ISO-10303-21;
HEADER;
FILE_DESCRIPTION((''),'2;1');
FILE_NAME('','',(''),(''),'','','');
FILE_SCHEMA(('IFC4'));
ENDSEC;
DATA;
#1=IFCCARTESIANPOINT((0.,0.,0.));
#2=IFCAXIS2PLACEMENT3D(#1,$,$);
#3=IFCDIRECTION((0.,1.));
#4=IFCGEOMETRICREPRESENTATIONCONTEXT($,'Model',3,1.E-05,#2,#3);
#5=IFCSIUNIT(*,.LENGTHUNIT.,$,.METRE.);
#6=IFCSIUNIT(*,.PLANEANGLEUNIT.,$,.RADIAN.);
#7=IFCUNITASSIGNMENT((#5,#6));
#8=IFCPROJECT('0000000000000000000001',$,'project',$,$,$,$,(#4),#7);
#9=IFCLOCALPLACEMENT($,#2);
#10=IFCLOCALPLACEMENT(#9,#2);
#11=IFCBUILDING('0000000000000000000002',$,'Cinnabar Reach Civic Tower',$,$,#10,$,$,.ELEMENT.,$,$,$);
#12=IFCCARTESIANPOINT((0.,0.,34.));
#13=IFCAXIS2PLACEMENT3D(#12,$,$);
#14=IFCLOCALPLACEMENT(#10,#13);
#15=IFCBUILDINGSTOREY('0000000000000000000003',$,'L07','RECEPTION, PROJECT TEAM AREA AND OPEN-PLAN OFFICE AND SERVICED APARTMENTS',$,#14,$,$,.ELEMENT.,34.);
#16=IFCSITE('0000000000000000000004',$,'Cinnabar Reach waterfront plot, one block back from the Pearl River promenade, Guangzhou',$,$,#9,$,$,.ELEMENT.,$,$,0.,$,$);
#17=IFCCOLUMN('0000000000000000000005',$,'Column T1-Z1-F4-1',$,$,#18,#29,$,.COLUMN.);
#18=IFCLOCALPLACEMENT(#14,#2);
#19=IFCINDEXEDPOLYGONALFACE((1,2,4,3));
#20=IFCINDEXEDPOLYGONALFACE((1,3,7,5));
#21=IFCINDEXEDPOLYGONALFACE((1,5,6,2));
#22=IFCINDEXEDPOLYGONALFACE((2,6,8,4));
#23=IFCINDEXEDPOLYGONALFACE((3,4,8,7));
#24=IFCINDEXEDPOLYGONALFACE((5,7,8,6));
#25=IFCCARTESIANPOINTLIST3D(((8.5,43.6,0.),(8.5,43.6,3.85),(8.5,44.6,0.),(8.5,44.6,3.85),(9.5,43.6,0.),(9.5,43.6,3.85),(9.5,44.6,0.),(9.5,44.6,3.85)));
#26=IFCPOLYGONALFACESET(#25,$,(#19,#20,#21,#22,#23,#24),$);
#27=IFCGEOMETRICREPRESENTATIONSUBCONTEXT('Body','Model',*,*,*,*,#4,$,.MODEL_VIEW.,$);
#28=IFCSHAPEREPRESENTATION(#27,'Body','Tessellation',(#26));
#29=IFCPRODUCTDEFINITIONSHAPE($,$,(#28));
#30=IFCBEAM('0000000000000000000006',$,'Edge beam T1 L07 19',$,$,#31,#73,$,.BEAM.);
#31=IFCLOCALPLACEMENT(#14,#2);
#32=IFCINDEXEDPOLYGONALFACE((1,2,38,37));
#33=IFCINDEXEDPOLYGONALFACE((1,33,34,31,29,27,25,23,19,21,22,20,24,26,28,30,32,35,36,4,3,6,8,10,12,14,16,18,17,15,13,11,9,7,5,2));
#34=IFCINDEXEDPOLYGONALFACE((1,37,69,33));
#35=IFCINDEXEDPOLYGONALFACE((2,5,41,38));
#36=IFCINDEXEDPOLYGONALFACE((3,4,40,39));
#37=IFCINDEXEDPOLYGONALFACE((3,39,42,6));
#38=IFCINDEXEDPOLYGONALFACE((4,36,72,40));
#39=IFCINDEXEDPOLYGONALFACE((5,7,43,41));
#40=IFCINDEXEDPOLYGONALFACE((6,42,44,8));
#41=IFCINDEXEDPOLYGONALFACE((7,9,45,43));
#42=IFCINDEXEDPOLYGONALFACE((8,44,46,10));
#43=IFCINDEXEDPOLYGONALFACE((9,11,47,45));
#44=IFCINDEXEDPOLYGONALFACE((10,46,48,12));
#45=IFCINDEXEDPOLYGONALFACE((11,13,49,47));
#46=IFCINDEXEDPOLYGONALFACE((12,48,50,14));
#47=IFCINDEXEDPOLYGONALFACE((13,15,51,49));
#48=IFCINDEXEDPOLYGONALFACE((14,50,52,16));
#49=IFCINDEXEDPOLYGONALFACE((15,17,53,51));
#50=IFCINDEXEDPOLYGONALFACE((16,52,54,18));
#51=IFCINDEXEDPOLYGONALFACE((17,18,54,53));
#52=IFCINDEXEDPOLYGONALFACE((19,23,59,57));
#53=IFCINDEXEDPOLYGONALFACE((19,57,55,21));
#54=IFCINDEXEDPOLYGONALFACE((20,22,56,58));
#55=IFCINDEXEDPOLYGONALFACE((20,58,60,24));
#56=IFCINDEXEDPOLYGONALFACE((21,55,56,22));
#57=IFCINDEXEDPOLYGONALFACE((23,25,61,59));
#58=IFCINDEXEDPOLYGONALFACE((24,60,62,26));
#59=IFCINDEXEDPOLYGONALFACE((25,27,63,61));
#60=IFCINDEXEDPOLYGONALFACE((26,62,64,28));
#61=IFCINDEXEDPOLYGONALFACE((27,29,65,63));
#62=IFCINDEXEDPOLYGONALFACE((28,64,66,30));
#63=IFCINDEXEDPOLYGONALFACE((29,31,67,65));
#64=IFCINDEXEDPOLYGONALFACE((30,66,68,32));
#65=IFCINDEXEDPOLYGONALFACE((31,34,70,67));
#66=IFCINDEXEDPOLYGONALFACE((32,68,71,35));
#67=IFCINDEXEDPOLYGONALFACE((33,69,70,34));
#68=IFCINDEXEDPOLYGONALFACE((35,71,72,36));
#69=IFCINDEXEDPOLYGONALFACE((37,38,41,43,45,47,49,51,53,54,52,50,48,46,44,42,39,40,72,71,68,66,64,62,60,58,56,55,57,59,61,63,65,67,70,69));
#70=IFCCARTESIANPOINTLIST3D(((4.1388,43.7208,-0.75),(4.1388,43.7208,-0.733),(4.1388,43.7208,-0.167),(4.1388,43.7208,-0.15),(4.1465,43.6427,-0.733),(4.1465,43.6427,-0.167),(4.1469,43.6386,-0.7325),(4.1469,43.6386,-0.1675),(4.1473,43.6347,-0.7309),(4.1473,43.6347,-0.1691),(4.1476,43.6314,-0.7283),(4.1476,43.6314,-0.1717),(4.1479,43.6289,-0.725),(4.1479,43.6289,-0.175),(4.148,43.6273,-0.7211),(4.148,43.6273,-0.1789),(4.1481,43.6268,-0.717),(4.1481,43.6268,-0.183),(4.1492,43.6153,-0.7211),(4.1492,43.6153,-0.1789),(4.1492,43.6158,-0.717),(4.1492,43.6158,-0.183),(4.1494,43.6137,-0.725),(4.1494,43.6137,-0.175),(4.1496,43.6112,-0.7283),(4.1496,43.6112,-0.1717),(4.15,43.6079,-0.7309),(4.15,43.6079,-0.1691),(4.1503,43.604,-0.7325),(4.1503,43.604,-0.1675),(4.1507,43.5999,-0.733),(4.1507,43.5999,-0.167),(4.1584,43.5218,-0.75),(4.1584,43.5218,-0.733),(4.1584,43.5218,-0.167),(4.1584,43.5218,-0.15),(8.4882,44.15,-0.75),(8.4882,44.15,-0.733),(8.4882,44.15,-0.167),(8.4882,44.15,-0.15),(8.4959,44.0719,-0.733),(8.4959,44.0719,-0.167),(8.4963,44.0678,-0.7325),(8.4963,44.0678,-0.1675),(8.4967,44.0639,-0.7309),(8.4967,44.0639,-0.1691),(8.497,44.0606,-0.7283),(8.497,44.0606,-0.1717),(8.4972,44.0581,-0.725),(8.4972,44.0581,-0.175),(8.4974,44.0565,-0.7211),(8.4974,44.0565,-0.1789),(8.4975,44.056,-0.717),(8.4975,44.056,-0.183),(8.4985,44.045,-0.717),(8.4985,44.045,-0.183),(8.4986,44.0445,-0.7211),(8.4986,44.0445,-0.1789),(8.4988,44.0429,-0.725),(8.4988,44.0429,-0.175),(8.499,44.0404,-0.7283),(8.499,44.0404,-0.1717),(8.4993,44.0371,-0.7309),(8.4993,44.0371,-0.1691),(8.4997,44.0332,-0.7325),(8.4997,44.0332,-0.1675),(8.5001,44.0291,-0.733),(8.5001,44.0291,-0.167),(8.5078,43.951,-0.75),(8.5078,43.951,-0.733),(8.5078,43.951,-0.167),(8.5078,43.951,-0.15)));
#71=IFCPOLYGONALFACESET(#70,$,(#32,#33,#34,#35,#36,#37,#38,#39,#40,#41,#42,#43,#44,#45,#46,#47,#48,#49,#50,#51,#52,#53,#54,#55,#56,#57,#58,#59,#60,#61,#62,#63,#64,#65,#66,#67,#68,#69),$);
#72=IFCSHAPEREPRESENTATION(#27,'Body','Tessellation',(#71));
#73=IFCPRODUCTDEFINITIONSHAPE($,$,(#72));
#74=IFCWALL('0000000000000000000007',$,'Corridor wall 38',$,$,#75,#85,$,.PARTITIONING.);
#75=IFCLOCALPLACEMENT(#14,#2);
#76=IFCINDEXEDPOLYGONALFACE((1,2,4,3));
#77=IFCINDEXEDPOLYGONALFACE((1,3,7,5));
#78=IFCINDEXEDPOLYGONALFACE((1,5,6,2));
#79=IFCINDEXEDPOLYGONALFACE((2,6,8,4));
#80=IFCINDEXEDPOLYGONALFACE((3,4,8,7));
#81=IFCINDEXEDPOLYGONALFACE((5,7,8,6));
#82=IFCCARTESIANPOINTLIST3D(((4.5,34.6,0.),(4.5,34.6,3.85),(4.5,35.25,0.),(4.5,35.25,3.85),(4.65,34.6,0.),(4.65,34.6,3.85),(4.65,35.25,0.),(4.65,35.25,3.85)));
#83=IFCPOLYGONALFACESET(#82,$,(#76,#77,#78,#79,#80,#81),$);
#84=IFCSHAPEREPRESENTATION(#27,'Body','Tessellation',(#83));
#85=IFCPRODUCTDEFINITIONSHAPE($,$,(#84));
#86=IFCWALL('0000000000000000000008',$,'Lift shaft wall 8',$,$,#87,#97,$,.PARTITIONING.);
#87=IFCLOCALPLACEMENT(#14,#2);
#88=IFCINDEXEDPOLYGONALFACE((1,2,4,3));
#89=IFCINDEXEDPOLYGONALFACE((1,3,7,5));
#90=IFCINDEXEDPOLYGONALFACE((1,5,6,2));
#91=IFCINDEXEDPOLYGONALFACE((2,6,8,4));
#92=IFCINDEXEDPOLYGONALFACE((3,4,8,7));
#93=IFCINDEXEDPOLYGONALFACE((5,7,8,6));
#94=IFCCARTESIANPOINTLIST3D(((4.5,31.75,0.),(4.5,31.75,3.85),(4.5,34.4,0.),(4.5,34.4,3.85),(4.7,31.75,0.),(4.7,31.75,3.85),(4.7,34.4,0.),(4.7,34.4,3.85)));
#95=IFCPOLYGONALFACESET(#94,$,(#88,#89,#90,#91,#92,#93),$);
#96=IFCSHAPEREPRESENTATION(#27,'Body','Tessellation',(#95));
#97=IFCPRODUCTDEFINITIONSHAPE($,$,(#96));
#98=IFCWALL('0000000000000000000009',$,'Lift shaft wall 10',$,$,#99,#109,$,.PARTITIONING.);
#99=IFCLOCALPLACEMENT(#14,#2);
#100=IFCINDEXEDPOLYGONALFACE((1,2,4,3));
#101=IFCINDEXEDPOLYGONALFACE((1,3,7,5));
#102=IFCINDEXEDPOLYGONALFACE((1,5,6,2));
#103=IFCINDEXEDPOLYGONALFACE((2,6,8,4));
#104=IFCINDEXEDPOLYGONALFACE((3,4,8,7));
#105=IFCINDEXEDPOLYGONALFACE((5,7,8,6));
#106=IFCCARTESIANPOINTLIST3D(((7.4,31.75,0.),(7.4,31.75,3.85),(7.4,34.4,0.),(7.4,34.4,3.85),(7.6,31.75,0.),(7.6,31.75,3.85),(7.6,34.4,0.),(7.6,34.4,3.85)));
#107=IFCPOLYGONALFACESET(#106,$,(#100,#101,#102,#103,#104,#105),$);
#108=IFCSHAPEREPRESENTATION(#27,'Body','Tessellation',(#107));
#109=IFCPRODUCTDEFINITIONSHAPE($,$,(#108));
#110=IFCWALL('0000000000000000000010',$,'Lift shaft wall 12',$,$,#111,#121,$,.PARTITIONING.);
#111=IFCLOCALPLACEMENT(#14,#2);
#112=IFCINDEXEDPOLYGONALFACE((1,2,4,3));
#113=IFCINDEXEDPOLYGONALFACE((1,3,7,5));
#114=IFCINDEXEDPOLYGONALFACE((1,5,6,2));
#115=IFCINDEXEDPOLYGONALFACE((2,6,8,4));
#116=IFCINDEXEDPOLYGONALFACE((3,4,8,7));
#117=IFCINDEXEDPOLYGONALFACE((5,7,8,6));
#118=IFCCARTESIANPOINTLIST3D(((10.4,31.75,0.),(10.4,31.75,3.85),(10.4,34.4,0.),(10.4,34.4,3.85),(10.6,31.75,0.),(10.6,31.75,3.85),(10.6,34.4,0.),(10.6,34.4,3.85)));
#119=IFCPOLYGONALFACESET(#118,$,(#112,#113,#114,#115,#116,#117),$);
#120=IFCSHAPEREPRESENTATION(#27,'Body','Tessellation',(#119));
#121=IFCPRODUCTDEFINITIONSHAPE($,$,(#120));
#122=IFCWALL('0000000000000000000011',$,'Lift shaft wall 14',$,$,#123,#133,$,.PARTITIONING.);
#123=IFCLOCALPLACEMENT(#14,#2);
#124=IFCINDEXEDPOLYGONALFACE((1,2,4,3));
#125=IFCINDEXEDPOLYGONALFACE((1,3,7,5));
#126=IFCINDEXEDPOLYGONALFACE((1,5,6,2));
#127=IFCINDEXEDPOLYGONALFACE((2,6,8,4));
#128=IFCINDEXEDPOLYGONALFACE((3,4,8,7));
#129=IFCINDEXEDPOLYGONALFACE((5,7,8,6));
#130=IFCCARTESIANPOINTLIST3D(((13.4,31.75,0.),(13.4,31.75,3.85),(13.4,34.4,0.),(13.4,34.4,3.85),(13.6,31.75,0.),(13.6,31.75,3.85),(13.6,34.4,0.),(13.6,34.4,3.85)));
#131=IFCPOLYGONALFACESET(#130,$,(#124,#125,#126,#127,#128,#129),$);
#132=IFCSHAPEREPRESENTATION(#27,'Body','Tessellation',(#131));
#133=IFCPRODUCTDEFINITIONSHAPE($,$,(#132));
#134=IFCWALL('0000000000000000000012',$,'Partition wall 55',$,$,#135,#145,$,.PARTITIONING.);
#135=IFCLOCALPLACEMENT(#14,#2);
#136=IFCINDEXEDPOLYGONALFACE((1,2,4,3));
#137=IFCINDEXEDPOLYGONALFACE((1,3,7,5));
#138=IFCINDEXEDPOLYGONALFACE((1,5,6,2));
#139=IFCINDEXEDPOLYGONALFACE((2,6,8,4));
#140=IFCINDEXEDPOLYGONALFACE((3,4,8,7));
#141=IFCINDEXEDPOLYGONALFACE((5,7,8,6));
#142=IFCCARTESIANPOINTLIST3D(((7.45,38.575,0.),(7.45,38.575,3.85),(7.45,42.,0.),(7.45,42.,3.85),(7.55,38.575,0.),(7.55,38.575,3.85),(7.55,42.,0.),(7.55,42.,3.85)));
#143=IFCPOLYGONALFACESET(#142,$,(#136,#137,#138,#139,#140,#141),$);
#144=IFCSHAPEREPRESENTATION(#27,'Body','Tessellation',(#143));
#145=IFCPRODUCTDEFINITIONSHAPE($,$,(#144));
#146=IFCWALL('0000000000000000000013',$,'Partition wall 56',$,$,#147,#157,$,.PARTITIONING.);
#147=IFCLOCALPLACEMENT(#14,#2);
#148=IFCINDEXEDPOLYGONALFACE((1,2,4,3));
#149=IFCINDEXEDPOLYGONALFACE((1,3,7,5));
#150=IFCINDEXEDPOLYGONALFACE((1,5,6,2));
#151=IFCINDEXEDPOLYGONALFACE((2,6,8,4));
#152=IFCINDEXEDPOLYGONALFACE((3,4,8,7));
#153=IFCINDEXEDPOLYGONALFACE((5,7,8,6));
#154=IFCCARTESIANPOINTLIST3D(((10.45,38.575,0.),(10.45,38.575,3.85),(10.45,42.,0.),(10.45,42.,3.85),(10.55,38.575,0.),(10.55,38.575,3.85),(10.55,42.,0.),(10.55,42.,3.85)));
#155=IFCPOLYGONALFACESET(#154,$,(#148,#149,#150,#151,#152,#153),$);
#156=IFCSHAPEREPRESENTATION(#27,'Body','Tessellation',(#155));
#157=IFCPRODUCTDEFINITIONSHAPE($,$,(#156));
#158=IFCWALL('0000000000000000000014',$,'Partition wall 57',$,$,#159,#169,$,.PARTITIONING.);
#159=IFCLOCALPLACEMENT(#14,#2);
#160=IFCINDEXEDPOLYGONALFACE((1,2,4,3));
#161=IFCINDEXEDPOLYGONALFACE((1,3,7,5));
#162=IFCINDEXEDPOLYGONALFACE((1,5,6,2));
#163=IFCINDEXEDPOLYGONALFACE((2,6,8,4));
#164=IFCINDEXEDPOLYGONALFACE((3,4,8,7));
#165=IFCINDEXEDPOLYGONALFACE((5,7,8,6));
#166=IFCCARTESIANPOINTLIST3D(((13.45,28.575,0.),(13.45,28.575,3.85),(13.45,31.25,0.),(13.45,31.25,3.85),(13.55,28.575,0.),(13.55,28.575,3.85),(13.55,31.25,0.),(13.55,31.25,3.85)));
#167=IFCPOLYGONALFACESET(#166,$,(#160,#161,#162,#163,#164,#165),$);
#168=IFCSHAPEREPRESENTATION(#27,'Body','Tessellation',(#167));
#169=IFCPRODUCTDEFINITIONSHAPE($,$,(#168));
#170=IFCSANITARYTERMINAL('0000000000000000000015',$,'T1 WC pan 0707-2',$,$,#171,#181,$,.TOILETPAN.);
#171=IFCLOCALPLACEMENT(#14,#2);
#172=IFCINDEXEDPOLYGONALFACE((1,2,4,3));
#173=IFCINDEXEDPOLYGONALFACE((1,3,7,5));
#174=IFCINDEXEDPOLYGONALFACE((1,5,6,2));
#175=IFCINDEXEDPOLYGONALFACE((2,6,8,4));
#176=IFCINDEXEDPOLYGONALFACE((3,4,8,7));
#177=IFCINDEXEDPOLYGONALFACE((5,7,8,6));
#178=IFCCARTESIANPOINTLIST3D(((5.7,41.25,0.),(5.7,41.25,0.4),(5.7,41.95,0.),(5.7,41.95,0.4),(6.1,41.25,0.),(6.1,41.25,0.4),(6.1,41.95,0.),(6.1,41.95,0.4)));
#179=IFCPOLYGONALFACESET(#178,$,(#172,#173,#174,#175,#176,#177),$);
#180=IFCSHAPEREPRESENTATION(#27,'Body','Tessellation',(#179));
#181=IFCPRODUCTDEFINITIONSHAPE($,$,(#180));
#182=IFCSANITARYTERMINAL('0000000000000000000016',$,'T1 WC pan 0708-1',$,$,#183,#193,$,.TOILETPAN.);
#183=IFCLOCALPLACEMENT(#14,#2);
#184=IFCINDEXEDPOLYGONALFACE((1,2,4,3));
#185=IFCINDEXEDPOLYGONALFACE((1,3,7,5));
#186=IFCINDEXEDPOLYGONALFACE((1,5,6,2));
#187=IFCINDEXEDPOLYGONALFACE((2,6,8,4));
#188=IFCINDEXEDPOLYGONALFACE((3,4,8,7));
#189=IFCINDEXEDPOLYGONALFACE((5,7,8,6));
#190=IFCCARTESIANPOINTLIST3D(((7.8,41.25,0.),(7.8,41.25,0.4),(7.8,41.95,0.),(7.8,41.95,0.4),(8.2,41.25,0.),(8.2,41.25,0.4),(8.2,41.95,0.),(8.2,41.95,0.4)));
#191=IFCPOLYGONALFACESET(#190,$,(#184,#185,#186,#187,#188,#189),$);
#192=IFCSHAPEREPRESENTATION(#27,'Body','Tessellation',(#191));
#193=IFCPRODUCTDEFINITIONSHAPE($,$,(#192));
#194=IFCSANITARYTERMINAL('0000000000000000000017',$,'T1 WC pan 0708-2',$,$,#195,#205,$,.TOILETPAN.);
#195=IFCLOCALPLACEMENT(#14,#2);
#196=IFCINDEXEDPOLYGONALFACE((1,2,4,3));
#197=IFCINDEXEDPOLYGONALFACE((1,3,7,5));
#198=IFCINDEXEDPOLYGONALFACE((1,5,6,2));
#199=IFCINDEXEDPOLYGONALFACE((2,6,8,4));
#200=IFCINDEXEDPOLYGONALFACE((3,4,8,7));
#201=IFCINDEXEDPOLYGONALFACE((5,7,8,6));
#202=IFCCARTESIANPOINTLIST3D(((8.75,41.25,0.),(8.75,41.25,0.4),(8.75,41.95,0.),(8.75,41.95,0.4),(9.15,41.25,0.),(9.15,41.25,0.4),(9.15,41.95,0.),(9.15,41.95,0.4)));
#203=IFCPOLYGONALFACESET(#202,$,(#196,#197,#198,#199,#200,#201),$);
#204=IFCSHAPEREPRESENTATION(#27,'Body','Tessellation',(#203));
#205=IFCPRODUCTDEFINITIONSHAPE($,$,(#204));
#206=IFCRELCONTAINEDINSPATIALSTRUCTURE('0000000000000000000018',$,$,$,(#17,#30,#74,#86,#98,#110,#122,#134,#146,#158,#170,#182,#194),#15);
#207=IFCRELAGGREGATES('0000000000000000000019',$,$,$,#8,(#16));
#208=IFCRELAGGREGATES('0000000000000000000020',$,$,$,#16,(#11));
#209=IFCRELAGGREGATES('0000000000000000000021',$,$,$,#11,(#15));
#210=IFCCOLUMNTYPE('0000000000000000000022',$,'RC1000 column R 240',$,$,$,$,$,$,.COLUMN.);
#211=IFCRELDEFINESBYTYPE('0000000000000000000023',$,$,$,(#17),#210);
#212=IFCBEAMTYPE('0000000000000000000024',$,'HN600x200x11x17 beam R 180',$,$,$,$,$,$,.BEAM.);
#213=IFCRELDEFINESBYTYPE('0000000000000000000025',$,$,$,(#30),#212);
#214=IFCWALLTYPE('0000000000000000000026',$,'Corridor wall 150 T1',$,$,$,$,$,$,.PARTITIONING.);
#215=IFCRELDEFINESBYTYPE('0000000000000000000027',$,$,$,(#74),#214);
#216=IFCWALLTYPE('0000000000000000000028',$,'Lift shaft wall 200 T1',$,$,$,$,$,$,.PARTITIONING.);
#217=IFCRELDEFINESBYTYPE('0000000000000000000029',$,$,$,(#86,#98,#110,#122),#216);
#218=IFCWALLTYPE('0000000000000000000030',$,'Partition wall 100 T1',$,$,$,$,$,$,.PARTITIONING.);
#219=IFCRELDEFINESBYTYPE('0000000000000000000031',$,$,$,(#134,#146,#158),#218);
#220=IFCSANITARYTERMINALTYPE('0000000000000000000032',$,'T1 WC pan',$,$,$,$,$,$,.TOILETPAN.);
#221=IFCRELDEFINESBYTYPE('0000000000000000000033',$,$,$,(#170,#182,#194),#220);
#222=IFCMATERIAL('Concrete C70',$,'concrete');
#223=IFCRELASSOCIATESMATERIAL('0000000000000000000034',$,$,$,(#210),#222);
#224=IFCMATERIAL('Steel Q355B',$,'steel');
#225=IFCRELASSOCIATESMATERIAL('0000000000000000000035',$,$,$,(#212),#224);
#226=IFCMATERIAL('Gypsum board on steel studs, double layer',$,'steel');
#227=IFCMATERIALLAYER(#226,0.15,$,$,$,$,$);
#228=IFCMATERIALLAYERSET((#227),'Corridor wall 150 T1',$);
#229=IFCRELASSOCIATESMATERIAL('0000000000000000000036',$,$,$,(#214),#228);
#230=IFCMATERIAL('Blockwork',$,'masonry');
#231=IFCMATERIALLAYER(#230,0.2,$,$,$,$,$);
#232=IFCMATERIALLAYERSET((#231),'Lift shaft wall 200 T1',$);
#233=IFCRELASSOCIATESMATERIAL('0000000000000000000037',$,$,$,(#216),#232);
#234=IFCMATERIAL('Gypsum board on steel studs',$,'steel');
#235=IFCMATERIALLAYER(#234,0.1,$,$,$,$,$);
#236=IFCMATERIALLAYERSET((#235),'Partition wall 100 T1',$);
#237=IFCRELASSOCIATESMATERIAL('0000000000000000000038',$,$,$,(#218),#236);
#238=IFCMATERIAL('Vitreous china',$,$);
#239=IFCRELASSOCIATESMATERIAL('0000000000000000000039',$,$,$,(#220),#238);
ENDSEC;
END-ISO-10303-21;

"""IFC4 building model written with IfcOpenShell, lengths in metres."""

from ifc_helpers import new_model, si_unit, direction, frame, frame_2d, origin, origin_2d, place, context, subcontext, project, spatial, rectangle, i_section, extrude, material, layer, layer_set, material_profile, profile_set, type_object, element, save


model = new_model("IFC4")

# Units and contexts
model_context = context("Model", 3, precision=1e-05, world=origin(), true_north=direction((0.0, 1.0)))
body_context = subcontext(model_context, "Body", "Model", "MODEL_VIEW")
ifc_project = project(units=[si_unit("LENGTHUNIT", "METRE"), si_unit("PLANEANGLEUNIT", "RADIAN")], contexts=[model_context])

# Site, building, storey
site_placement = place(None, origin())
site = spatial("IfcSite", under=ifc_project, at=site_placement, Name="Cinnabar Reach waterfront plot, one block back from the Pearl River promenade, Guangzhou", CompositionType="ELEMENT", RefElevation=0.0)
building_placement = place(site_placement, origin())
building = spatial("IfcBuilding", under=site, at=building_placement, Name="Cinnabar Reach Civic Tower", CompositionType="ELEMENT")
storey_placement = place(building_placement, frame((0.0, 0.0, 34.0)))
storey = spatial("IfcBuildingStorey", under=building, at=storey_placement, Name="L07", Description="RECEPTION, PROJECT TEAM AREA AND OPEN-PLAN OFFICE AND SERVICED APARTMENTS", CompositionType="ELEMENT", Elevation=34.0)

# Column
ifc_material_1 = material(Name="Concrete C70", Category="concrete")
ifc_material_profile_1 = material_profile(ifc_material_1, rectangle(XDim=1.0, YDim=1.0, at=origin_2d()), Name="RC1000")
ifc_profile_set_1 = profile_set([ifc_material_profile_1], Name="Concrete C70")
column_type = type_object("IfcColumnType", Name="RC1000 column R 240", PredefinedType="COLUMN", material=ifc_profile_set_1)
column_placement = place(storey_placement, frame((9.0, 44.1, 0.0), z_axis=(0.0, 0.0, 1.0), x_axis=(1.0, 0.0, 0.0)))
element("IfcColumn", 1, at=column_placement, inside=storey, type_object=column_type, Name="Column T1-Z1-F4-1", PredefinedType="COLUMN", context=body_context, shape_type="SweptSolid", body=[
    extrude(rectangle(XDim=1.0, YDim=1.0, at=origin_2d()), origin(), (0.0, 0.0, 1.0), 3.85),
])

# Beam
ifc_material_2 = material(Name="Steel Q355B", Category="steel")
ifc_material_profile_2 = material_profile(ifc_material_2, i_section(OverallWidth=0.2, OverallDepth=0.6, WebThickness=0.011, FlangeThickness=0.017, FilletRadius=0.016, at=origin_2d()), Name="HN600x200x11x17")
ifc_profile_set_2 = profile_set([ifc_material_profile_2], Name="Steel Q355B")
beam_type = type_object("IfcBeamType", Name="HN600x200x11x17 beam R 180", PredefinedType="BEAM", material=ifc_profile_set_2)
beam_placement = place(storey_placement, frame((8.498, 44.0505, -0.45), z_axis=(-0.995166, -0.098203, 0.0), x_axis=(0.098203, -0.995166, 0.0)))
element("IfcBeam", 2, at=beam_placement, inside=storey, type_object=beam_type, Name="Edge beam T1 L07 19", PredefinedType="BEAM", context=body_context, shape_type="SweptSolid", body=[
    extrude(i_section(OverallWidth=0.2, OverallDepth=0.6, WebThickness=0.011, FlangeThickness=0.017, FilletRadius=0.016, at=origin_2d()), origin(), (0.0, 0.0, 1.0), 4.3705),
])

# Walls
ifc_material_3 = material(Name="Gypsum board on steel studs, double layer", Category="steel")
ifc_layer_1 = layer(ifc_material_3, 0.15)
ifc_layer_set_1 = layer_set([ifc_layer_1], Name="Corridor wall 150 T1")
wall_type_1 = type_object("IfcWallType", Name="Corridor wall 150 T1", PredefinedType="PARTITIONING", material=ifc_layer_set_1)
wall_1_placement = place(storey_placement, frame((4.575, 34.6, 0.0), z_axis=(0.0, 0.0, 1.0), x_axis=(0.0, 1.0, 0.0)))
element("IfcWall", 3, at=wall_1_placement, inside=storey, type_object=wall_type_1, Name="Corridor wall 38", PredefinedType="PARTITIONING", context=body_context, shape_type="SweptSolid", body=[
    extrude(rectangle(XDim=0.65, YDim=0.15, at=frame_2d((0.325, 0.0))), origin(), (0.0, 0.0, 1.0), 3.85),
])
ifc_material_4 = material(Name="Blockwork", Category="masonry")
ifc_layer_2 = layer(ifc_material_4, 0.2)
ifc_layer_set_2 = layer_set([ifc_layer_2], Name="Lift shaft wall 200 T1")
wall_type_2 = type_object("IfcWallType", Name="Lift shaft wall 200 T1", PredefinedType="PARTITIONING", material=ifc_layer_set_2)
for number, where, z_axis, x_axis, name in (
    (4, (4.6, 31.75, 0.0), (0.0, 0.0, 1.0), (0.0, 1.0, 0.0), "Lift shaft wall 8"),
    (5, (7.5, 31.75, 0.0), (0.0, 0.0, 1.0), (0.0, 1.0, 0.0), "Lift shaft wall 10"),
    (6, (10.5, 31.75, 0.0), (0.0, 0.0, 1.0), (0.0, 1.0, 0.0), "Lift shaft wall 12"),
    (7, (13.5, 31.75, 0.0), (0.0, 0.0, 1.0), (0.0, 1.0, 0.0), "Lift shaft wall 14"),
):
    element("IfcWall", number, at=place(storey_placement, frame(where, z_axis=z_axis, x_axis=x_axis)), inside=storey, type_object=wall_type_2, Name=name, PredefinedType="PARTITIONING", context=body_context, shape_type="SweptSolid", body=[
        extrude(rectangle(XDim=2.65, YDim=0.2, at=frame_2d((1.325, 0.0))), origin(), (0.0, 0.0, 1.0), 3.85),
    ])
ifc_material_5 = material(Name="Gypsum board on steel studs", Category="steel")
ifc_layer_3 = layer(ifc_material_5, 0.1)
ifc_layer_set_3 = layer_set([ifc_layer_3], Name="Partition wall 100 T1")
wall_type_3 = type_object("IfcWallType", Name="Partition wall 100 T1", PredefinedType="PARTITIONING", material=ifc_layer_set_3)
for number, where, z_axis, x_axis, name in (
    (8, (7.5, 38.575, 0.0), (0.0, 0.0, 1.0), (0.0, 1.0, 0.0), "Partition wall 55"),
    (9, (10.5, 38.575, 0.0), (0.0, 0.0, 1.0), (0.0, 1.0, 0.0), "Partition wall 56"),
):
    element("IfcWall", number, at=place(storey_placement, frame(where, z_axis=z_axis, x_axis=x_axis)), inside=storey, type_object=wall_type_3, Name=name, PredefinedType="PARTITIONING", context=body_context, shape_type="SweptSolid", body=[
        extrude(rectangle(XDim=3.425, YDim=0.1, at=frame_2d((1.7125, 0.0))), origin(), (0.0, 0.0, 1.0), 3.85),
    ])
wall_2_placement = place(storey_placement, frame((13.5, 28.575, 0.0), z_axis=(0.0, 0.0, 1.0), x_axis=(0.0, 1.0, 0.0)))
element("IfcWall", 10, at=wall_2_placement, inside=storey, type_object=wall_type_3, Name="Partition wall 57", PredefinedType="PARTITIONING", context=body_context, shape_type="SweptSolid", body=[
    extrude(rectangle(XDim=2.675, YDim=0.1, at=frame_2d((1.3375, 0.0))), origin(), (0.0, 0.0, 1.0), 3.85),
])

# Sanitary terminals
ifc_material_6 = material(Name="Vitreous china")
sanitary_terminal_type_1 = type_object("IfcSanitaryTerminalType", Name="T1 WC pan", PredefinedType="TOILETPAN", material=ifc_material_6)
for number, where, z_axis, x_axis, name in (
    (11, (5.9, 41.6, 0.0), (0.0, 0.0, 1.0), (1.0, 0.0, 0.0), "T1 WC pan 0707-2"),
    (12, (8.0, 41.6, 0.0), (0.0, 0.0, 1.0), (1.0, 0.0, 0.0), "T1 WC pan 0708-1"),
    (13, (8.95, 41.6, 0.0), (0.0, 0.0, 1.0), (1.0, 0.0, 0.0), "T1 WC pan 0708-2"),
):
    element("IfcSanitaryTerminal", number, at=place(storey_placement, frame(where, z_axis=z_axis, x_axis=x_axis)), inside=storey, type_object=sanitary_terminal_type_1, Name=name, PredefinedType="TOILETPAN", context=body_context, shape_type="SweptSolid", body=[
        extrude(rectangle(XDim=0.4, YDim=0.7, at=origin_2d()), origin(), (0.0, 0.0, 1.0), 0.4),
    ])

save(model, "model.ifc")
